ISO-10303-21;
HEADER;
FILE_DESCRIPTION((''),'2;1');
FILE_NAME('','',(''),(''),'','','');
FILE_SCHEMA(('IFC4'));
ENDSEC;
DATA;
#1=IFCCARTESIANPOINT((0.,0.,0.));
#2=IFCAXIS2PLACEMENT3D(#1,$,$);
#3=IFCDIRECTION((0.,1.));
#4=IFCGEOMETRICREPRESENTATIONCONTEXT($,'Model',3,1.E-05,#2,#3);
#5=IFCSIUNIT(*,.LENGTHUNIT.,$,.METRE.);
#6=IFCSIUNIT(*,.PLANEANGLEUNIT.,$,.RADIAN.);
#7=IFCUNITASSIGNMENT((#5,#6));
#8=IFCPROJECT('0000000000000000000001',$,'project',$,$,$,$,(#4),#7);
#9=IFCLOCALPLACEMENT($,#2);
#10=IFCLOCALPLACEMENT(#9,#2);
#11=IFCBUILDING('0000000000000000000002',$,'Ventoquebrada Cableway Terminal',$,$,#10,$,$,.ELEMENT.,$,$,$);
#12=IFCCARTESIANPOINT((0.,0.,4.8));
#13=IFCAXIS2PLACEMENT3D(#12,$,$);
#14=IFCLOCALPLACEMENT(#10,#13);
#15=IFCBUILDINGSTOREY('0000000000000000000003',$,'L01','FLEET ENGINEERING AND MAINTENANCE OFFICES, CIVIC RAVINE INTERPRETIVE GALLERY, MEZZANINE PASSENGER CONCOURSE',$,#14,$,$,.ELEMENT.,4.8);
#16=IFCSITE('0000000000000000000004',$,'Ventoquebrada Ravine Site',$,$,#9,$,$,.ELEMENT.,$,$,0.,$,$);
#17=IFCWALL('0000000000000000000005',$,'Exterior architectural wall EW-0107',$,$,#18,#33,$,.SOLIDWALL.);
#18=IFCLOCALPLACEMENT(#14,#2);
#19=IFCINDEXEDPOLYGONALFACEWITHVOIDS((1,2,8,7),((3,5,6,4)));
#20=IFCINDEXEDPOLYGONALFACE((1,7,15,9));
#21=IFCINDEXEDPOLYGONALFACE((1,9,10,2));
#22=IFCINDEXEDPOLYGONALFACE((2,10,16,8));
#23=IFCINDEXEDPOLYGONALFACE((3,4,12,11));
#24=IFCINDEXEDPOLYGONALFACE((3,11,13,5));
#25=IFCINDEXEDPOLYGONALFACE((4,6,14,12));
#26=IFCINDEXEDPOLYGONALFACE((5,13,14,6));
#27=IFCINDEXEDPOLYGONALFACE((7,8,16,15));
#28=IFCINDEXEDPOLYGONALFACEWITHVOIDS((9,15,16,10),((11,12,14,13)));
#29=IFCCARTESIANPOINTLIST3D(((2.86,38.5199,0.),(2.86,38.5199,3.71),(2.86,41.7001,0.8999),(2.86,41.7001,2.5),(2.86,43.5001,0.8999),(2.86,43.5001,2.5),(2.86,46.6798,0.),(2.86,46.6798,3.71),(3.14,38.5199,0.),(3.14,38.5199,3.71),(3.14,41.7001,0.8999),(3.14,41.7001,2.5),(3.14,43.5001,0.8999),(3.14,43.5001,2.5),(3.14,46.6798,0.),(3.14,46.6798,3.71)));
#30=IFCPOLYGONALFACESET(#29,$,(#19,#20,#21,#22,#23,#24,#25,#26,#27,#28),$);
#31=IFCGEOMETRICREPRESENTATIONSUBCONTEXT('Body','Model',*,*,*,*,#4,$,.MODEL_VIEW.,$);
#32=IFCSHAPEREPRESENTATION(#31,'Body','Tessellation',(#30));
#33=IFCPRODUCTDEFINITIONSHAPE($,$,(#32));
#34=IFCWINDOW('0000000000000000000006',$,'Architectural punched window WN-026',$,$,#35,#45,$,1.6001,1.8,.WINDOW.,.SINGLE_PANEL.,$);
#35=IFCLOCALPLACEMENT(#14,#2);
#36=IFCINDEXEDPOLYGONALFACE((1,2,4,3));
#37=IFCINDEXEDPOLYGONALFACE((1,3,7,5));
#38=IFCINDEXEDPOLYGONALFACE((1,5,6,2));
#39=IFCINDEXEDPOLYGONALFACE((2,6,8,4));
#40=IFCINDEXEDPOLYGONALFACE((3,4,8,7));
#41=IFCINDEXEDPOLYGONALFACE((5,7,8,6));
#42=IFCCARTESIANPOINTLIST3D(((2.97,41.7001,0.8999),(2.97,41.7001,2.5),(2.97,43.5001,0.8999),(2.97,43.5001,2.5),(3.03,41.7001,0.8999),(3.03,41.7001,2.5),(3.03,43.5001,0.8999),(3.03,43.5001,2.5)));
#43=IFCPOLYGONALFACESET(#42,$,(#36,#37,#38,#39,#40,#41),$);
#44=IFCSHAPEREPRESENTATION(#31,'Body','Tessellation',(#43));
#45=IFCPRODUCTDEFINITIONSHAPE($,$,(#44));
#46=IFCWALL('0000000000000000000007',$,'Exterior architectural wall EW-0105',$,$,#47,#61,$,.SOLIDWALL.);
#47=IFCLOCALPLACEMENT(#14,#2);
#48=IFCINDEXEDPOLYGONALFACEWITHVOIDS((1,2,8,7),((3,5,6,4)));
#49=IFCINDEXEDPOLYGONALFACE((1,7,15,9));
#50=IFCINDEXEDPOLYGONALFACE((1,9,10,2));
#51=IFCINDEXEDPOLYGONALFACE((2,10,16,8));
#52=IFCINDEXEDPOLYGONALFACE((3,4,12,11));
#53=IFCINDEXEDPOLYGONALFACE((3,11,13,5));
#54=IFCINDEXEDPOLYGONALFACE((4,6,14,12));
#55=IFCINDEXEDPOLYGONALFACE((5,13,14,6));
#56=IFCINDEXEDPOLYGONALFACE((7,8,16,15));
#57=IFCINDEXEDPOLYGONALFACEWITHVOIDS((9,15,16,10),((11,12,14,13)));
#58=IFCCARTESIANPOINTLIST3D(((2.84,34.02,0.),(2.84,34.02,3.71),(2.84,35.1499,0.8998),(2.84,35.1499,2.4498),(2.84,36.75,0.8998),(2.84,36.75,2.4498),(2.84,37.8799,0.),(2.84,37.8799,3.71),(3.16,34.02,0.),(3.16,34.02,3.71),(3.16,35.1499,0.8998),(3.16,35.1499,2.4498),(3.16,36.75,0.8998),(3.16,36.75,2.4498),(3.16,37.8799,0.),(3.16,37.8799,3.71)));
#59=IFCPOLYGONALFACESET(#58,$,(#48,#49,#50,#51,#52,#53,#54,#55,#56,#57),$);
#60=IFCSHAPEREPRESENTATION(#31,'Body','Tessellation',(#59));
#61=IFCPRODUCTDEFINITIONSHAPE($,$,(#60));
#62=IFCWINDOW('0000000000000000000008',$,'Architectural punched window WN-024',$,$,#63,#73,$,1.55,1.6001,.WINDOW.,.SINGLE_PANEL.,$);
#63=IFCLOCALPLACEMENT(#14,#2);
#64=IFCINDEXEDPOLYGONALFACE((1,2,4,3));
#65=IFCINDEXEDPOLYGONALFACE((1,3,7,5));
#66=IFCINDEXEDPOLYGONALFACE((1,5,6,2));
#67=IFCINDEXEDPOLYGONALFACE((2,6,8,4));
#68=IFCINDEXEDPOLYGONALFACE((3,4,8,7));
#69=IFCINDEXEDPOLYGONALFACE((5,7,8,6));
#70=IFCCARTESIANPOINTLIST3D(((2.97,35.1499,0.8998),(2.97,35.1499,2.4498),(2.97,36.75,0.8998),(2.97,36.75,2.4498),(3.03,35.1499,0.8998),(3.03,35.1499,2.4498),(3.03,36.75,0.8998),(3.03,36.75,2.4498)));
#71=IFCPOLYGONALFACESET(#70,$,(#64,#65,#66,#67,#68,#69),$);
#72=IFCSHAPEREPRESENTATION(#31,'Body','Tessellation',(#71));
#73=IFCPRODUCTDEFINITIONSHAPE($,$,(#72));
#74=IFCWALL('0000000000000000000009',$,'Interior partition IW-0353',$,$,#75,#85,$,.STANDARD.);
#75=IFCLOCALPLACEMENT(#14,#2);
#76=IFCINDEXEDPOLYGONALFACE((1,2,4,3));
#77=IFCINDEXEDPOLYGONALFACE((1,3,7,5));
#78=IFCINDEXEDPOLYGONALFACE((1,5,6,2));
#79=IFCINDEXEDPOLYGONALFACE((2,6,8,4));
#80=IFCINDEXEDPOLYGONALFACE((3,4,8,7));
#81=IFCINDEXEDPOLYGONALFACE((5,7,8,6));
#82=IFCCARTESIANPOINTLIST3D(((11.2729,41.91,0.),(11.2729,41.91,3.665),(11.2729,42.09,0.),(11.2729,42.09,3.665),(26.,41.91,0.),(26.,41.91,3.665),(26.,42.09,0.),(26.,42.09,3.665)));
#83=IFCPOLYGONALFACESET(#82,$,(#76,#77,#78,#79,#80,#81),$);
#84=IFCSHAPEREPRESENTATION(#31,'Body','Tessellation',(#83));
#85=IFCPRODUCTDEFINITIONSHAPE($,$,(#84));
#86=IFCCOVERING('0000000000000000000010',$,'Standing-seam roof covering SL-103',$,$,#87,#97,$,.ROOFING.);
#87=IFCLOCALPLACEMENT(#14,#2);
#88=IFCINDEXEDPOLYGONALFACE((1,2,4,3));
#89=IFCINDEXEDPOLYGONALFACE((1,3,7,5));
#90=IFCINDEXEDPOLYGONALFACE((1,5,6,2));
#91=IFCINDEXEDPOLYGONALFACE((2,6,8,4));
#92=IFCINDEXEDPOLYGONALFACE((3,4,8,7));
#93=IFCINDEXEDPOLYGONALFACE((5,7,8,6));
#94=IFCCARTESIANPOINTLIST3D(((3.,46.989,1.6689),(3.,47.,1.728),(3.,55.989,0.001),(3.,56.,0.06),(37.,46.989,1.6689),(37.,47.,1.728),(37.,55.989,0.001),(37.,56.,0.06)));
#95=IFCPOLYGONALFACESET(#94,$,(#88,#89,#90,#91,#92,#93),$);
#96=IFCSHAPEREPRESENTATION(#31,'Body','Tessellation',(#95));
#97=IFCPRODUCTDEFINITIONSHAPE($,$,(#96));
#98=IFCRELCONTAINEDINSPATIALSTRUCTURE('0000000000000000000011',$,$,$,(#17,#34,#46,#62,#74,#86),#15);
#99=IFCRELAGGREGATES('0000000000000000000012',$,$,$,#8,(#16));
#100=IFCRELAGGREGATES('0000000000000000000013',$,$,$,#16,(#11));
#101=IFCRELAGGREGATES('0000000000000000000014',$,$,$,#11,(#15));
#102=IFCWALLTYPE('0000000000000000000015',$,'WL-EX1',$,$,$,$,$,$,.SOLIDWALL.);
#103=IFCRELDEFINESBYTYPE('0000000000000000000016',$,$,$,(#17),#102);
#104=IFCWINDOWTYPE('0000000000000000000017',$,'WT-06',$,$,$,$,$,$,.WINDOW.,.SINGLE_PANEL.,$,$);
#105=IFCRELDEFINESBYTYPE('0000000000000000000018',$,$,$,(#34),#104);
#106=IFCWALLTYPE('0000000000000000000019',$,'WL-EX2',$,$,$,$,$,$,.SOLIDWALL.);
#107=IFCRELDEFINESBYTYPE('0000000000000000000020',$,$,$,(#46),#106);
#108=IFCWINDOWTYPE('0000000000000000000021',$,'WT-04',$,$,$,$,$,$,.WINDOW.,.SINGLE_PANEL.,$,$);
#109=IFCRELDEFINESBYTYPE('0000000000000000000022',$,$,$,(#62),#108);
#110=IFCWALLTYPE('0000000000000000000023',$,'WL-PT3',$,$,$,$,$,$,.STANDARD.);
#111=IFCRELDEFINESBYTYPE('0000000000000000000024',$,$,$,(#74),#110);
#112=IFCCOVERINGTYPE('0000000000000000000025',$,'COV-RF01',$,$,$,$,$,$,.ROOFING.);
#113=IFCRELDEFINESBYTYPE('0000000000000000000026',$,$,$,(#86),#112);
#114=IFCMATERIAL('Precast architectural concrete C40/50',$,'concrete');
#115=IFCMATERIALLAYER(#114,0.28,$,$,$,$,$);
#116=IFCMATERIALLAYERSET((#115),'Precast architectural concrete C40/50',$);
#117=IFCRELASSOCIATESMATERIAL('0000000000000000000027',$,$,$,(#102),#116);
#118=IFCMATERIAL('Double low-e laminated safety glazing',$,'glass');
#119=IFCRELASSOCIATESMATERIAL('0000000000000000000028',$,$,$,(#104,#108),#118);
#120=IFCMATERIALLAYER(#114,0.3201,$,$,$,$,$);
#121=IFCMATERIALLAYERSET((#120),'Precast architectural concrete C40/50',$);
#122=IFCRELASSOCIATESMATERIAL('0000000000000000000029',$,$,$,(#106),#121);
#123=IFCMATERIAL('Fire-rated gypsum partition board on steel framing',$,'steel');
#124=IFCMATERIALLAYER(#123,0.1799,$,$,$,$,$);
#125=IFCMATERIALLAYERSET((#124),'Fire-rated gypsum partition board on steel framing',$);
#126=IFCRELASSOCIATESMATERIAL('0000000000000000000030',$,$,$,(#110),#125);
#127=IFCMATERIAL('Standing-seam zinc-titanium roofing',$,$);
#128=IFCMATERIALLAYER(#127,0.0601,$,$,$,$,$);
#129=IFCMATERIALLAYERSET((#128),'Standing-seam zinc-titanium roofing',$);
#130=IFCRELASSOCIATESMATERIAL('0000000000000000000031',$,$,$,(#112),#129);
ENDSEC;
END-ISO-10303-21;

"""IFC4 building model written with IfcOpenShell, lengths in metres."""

from ifc_helpers import new_model, si_unit, direction, frame, frame_2d, origin, place, context, subcontext, project, spatial, polyline, rectangle, outline, extrude, material, layer, layer_set, type_object, element, fill, save


model = new_model("IFC4")

# Units and contexts
model_context = context("Model", 3, precision=1e-05, world=origin(), true_north=direction((0.0, 1.0)))
body_context = subcontext(model_context, "Body", "Model", "MODEL_VIEW")
ifc_project = project(units=[si_unit("LENGTHUNIT", "METRE"), si_unit("PLANEANGLEUNIT", "RADIAN")], contexts=[model_context])

# Site, building, storey
site_placement = place(None, origin())
site = spatial("IfcSite", under=ifc_project, at=site_placement, Name="Ventoquebrada Ravine Site", CompositionType="ELEMENT", RefElevation=0.0)
building_placement = place(site_placement, origin())
building = spatial("IfcBuilding", under=site, at=building_placement, Name="Ventoquebrada Cableway Terminal", CompositionType="ELEMENT")
storey_placement = place(building_placement, frame((0.0, 0.0, 4.8)))
storey = spatial("IfcBuildingStorey", under=building, at=storey_placement, Name="L01", Description="FLEET ENGINEERING AND MAINTENANCE OFFICES, CIVIC RAVINE INTERPRETIVE GALLERY, MEZZANINE PASSENGER CONCOURSE", CompositionType="ELEMENT", Elevation=4.8)

# Walls, openings, windows
ifc_material_1 = material(Name="Precast architectural concrete C40/50", Category="concrete")
ifc_layer_1 = layer(ifc_material_1, 0.28)
ifc_layer_set_1 = layer_set([ifc_layer_1], Name="Precast architectural concrete C40/50")
wall_type_1 = type_object("IfcWallType", Name="WL-EX1", PredefinedType="SOLIDWALL", material=ifc_layer_set_1)
wall_1_placement = place(storey_placement, frame((3.0, 46.6799, 0.0), z_axis=(0.0, 0.0, 1.0), x_axis=(0.0, -1.0, 0.0)))
wall_1 = element("IfcWall", 1, at=wall_1_placement, inside=storey, type_object=wall_type_1, Name="Exterior architectural wall EW-0107", PredefinedType="SOLIDWALL", context=body_context, shape_type="SweptSolid", body=[
    extrude(rectangle(XDim=8.1599, YDim=0.28, at=frame_2d((4.0801, 0.0))), origin(), (0.0, 0.0, 1.0), 3.71),
])
opening_1_placement = place(wall_1_placement, frame((3.1799, 0.0, 0.8999)))
opening_1 = element("IfcOpeningElement", 2, at=opening_1_placement, cuts=wall_1, PredefinedType="OPENING", context=body_context, shape_type="SweptSolid", body=[
    extrude(rectangle(XDim=1.8, YDim=1.6001, at=frame_2d((0.8999, 0.8))), frame((0.0, 0.1499, 0.0), z_axis=(0.0, -1.0, 0.0), x_axis=(1.0, 0.0, 0.0)), (0.0, 0.0, 1.0), 0.3),
])
ifc_material_2 = material(Name="Double low-e laminated safety glazing", Category="glass")
window_type_1 = type_object("IfcWindowType", Name="WT-06", PartitioningType="SINGLE_PANEL", PredefinedType="WINDOW", material=ifc_material_2)
window_1_placement = place(opening_1_placement, origin())
window_1 = element("IfcWindow", 3, at=window_1_placement, inside=storey, type_object=window_type_1, Name="Architectural punched window WN-026", OverallHeight=1.6001, OverallWidth=1.8, PartitioningType="SINGLE_PANEL", PredefinedType="WINDOW", context=body_context, shape_type="SweptSolid", body=[
    extrude(rectangle(XDim=1.8, YDim=1.6001, at=frame_2d((0.8999, 0.8))), frame((0.0, 0.03, 0.0), z_axis=(0.0, -1.0, 0.0), x_axis=(1.0, 0.0, 0.0)), (0.0, 0.0, 1.0), 0.0601),
])
fill(opening_1, window_1)
ifc_layer_2 = layer(ifc_material_1, 0.3201)
ifc_layer_set_2 = layer_set([ifc_layer_2], Name="Precast architectural concrete C40/50")
wall_type_2 = type_object("IfcWallType", Name="WL-EX2", PredefinedType="SOLIDWALL", material=ifc_layer_set_2)
wall_2_placement = place(storey_placement, frame((3.0, 37.8799, 0.0), z_axis=(0.0, 0.0, 1.0), x_axis=(0.0, -1.0, 0.0)))
wall_2 = element("IfcWall", 4, at=wall_2_placement, inside=storey, type_object=wall_type_2, Name="Exterior architectural wall EW-0105", PredefinedType="SOLIDWALL", context=body_context, shape_type="SweptSolid", body=[
    extrude(rectangle(XDim=3.8599, YDim=0.3201, at=frame_2d((1.9299, 0.0))), origin(), (0.0, 0.0, 1.0), 3.71),
])
opening_2_placement = place(wall_2_placement, frame((1.1299, 0.0, 0.8999)))
opening_2 = element("IfcOpeningElement", 5, at=opening_2_placement, cuts=wall_2, PredefinedType="OPENING", context=body_context, shape_type="SweptSolid", body=[
    extrude(rectangle(XDim=1.6001, YDim=1.55, at=frame_2d((0.8, 0.7749))), frame((0.0, 0.1699, 0.0), z_axis=(0.0, -1.0, 0.0), x_axis=(1.0, 0.0, 0.0)), (0.0, 0.0, 1.0), 0.3401),
])
window_type_2 = type_object("IfcWindowType", Name="WT-04", PartitioningType="SINGLE_PANEL", PredefinedType="WINDOW", material=ifc_material_2)
window_2_placement = place(opening_2_placement, origin())
window_2 = element("IfcWindow", 6, at=window_2_placement, inside=storey, type_object=window_type_2, Name="Architectural punched window WN-024", OverallHeight=1.55, OverallWidth=1.6001, PartitioningType="SINGLE_PANEL", PredefinedType="WINDOW", context=body_context, shape_type="SweptSolid", body=[
    extrude(rectangle(XDim=1.6001, YDim=1.55, at=frame_2d((0.8, 0.7749))), frame((0.0, 0.03, 0.0), z_axis=(0.0, -1.0, 0.0), x_axis=(1.0, 0.0, 0.0)), (0.0, 0.0, 1.0), 0.0601),
])
fill(opening_2, window_2)

# Wall
ifc_material_3 = material(Name="Fire-rated gypsum partition board on steel framing", Category="steel")
ifc_layer_3 = layer(ifc_material_3, 0.1799)
ifc_layer_set_3 = layer_set([ifc_layer_3], Name="Fire-rated gypsum partition board on steel framing")
wall_type_3 = type_object("IfcWallType", Name="WL-PT3", PredefinedType="STANDARD", material=ifc_layer_set_3)
wall_3_placement = place(storey_placement, frame((11.2729, 42.0, 0.0), z_axis=(0.0, 0.0, 1.0), x_axis=(1.0, 0.0, 0.0)))
element("IfcWall", 7, at=wall_3_placement, inside=storey, type_object=wall_type_3, Name="Interior partition IW-0353", PredefinedType="STANDARD", context=body_context, shape_type="SweptSolid", body=[
    extrude(rectangle(XDim=14.7271, YDim=0.1799, at=frame_2d((7.3635, 0.0))), origin(), (0.0, 0.0, 1.0), 3.665),
])

# Covering
ifc_material_4 = material(Name="Standing-seam zinc-titanium roofing")
ifc_layer_4 = layer(ifc_material_4, 0.0601)
ifc_layer_set_4 = layer_set([ifc_layer_4], Name="Standing-seam zinc-titanium roofing")
covering_type = type_object("IfcCoveringType", Name="COV-RF01", PredefinedType="ROOFING", material=ifc_layer_set_4)
covering_placement = place(storey_placement, frame((3.0, 46.989, 1.6689), z_axis=(0.0, 0.182227, 0.983257), x_axis=(1.0, 0.0, 0.0)))
element("IfcCovering", 8, at=covering_placement, inside=storey, type_object=covering_type, Name="Standing-seam roof covering SL-103", PredefinedType="ROOFING", context=body_context, shape_type="SweptSolid", body=[
    extrude(outline(polyline([(0.0, 0.0), (34.0, 0.0), (34.0, 9.1533), (0.0, 9.1533), (0.0, 0.0)])), origin(), (0.0, 0.0, 1.0), 0.0601),
])

save(model, "model.ifc")
